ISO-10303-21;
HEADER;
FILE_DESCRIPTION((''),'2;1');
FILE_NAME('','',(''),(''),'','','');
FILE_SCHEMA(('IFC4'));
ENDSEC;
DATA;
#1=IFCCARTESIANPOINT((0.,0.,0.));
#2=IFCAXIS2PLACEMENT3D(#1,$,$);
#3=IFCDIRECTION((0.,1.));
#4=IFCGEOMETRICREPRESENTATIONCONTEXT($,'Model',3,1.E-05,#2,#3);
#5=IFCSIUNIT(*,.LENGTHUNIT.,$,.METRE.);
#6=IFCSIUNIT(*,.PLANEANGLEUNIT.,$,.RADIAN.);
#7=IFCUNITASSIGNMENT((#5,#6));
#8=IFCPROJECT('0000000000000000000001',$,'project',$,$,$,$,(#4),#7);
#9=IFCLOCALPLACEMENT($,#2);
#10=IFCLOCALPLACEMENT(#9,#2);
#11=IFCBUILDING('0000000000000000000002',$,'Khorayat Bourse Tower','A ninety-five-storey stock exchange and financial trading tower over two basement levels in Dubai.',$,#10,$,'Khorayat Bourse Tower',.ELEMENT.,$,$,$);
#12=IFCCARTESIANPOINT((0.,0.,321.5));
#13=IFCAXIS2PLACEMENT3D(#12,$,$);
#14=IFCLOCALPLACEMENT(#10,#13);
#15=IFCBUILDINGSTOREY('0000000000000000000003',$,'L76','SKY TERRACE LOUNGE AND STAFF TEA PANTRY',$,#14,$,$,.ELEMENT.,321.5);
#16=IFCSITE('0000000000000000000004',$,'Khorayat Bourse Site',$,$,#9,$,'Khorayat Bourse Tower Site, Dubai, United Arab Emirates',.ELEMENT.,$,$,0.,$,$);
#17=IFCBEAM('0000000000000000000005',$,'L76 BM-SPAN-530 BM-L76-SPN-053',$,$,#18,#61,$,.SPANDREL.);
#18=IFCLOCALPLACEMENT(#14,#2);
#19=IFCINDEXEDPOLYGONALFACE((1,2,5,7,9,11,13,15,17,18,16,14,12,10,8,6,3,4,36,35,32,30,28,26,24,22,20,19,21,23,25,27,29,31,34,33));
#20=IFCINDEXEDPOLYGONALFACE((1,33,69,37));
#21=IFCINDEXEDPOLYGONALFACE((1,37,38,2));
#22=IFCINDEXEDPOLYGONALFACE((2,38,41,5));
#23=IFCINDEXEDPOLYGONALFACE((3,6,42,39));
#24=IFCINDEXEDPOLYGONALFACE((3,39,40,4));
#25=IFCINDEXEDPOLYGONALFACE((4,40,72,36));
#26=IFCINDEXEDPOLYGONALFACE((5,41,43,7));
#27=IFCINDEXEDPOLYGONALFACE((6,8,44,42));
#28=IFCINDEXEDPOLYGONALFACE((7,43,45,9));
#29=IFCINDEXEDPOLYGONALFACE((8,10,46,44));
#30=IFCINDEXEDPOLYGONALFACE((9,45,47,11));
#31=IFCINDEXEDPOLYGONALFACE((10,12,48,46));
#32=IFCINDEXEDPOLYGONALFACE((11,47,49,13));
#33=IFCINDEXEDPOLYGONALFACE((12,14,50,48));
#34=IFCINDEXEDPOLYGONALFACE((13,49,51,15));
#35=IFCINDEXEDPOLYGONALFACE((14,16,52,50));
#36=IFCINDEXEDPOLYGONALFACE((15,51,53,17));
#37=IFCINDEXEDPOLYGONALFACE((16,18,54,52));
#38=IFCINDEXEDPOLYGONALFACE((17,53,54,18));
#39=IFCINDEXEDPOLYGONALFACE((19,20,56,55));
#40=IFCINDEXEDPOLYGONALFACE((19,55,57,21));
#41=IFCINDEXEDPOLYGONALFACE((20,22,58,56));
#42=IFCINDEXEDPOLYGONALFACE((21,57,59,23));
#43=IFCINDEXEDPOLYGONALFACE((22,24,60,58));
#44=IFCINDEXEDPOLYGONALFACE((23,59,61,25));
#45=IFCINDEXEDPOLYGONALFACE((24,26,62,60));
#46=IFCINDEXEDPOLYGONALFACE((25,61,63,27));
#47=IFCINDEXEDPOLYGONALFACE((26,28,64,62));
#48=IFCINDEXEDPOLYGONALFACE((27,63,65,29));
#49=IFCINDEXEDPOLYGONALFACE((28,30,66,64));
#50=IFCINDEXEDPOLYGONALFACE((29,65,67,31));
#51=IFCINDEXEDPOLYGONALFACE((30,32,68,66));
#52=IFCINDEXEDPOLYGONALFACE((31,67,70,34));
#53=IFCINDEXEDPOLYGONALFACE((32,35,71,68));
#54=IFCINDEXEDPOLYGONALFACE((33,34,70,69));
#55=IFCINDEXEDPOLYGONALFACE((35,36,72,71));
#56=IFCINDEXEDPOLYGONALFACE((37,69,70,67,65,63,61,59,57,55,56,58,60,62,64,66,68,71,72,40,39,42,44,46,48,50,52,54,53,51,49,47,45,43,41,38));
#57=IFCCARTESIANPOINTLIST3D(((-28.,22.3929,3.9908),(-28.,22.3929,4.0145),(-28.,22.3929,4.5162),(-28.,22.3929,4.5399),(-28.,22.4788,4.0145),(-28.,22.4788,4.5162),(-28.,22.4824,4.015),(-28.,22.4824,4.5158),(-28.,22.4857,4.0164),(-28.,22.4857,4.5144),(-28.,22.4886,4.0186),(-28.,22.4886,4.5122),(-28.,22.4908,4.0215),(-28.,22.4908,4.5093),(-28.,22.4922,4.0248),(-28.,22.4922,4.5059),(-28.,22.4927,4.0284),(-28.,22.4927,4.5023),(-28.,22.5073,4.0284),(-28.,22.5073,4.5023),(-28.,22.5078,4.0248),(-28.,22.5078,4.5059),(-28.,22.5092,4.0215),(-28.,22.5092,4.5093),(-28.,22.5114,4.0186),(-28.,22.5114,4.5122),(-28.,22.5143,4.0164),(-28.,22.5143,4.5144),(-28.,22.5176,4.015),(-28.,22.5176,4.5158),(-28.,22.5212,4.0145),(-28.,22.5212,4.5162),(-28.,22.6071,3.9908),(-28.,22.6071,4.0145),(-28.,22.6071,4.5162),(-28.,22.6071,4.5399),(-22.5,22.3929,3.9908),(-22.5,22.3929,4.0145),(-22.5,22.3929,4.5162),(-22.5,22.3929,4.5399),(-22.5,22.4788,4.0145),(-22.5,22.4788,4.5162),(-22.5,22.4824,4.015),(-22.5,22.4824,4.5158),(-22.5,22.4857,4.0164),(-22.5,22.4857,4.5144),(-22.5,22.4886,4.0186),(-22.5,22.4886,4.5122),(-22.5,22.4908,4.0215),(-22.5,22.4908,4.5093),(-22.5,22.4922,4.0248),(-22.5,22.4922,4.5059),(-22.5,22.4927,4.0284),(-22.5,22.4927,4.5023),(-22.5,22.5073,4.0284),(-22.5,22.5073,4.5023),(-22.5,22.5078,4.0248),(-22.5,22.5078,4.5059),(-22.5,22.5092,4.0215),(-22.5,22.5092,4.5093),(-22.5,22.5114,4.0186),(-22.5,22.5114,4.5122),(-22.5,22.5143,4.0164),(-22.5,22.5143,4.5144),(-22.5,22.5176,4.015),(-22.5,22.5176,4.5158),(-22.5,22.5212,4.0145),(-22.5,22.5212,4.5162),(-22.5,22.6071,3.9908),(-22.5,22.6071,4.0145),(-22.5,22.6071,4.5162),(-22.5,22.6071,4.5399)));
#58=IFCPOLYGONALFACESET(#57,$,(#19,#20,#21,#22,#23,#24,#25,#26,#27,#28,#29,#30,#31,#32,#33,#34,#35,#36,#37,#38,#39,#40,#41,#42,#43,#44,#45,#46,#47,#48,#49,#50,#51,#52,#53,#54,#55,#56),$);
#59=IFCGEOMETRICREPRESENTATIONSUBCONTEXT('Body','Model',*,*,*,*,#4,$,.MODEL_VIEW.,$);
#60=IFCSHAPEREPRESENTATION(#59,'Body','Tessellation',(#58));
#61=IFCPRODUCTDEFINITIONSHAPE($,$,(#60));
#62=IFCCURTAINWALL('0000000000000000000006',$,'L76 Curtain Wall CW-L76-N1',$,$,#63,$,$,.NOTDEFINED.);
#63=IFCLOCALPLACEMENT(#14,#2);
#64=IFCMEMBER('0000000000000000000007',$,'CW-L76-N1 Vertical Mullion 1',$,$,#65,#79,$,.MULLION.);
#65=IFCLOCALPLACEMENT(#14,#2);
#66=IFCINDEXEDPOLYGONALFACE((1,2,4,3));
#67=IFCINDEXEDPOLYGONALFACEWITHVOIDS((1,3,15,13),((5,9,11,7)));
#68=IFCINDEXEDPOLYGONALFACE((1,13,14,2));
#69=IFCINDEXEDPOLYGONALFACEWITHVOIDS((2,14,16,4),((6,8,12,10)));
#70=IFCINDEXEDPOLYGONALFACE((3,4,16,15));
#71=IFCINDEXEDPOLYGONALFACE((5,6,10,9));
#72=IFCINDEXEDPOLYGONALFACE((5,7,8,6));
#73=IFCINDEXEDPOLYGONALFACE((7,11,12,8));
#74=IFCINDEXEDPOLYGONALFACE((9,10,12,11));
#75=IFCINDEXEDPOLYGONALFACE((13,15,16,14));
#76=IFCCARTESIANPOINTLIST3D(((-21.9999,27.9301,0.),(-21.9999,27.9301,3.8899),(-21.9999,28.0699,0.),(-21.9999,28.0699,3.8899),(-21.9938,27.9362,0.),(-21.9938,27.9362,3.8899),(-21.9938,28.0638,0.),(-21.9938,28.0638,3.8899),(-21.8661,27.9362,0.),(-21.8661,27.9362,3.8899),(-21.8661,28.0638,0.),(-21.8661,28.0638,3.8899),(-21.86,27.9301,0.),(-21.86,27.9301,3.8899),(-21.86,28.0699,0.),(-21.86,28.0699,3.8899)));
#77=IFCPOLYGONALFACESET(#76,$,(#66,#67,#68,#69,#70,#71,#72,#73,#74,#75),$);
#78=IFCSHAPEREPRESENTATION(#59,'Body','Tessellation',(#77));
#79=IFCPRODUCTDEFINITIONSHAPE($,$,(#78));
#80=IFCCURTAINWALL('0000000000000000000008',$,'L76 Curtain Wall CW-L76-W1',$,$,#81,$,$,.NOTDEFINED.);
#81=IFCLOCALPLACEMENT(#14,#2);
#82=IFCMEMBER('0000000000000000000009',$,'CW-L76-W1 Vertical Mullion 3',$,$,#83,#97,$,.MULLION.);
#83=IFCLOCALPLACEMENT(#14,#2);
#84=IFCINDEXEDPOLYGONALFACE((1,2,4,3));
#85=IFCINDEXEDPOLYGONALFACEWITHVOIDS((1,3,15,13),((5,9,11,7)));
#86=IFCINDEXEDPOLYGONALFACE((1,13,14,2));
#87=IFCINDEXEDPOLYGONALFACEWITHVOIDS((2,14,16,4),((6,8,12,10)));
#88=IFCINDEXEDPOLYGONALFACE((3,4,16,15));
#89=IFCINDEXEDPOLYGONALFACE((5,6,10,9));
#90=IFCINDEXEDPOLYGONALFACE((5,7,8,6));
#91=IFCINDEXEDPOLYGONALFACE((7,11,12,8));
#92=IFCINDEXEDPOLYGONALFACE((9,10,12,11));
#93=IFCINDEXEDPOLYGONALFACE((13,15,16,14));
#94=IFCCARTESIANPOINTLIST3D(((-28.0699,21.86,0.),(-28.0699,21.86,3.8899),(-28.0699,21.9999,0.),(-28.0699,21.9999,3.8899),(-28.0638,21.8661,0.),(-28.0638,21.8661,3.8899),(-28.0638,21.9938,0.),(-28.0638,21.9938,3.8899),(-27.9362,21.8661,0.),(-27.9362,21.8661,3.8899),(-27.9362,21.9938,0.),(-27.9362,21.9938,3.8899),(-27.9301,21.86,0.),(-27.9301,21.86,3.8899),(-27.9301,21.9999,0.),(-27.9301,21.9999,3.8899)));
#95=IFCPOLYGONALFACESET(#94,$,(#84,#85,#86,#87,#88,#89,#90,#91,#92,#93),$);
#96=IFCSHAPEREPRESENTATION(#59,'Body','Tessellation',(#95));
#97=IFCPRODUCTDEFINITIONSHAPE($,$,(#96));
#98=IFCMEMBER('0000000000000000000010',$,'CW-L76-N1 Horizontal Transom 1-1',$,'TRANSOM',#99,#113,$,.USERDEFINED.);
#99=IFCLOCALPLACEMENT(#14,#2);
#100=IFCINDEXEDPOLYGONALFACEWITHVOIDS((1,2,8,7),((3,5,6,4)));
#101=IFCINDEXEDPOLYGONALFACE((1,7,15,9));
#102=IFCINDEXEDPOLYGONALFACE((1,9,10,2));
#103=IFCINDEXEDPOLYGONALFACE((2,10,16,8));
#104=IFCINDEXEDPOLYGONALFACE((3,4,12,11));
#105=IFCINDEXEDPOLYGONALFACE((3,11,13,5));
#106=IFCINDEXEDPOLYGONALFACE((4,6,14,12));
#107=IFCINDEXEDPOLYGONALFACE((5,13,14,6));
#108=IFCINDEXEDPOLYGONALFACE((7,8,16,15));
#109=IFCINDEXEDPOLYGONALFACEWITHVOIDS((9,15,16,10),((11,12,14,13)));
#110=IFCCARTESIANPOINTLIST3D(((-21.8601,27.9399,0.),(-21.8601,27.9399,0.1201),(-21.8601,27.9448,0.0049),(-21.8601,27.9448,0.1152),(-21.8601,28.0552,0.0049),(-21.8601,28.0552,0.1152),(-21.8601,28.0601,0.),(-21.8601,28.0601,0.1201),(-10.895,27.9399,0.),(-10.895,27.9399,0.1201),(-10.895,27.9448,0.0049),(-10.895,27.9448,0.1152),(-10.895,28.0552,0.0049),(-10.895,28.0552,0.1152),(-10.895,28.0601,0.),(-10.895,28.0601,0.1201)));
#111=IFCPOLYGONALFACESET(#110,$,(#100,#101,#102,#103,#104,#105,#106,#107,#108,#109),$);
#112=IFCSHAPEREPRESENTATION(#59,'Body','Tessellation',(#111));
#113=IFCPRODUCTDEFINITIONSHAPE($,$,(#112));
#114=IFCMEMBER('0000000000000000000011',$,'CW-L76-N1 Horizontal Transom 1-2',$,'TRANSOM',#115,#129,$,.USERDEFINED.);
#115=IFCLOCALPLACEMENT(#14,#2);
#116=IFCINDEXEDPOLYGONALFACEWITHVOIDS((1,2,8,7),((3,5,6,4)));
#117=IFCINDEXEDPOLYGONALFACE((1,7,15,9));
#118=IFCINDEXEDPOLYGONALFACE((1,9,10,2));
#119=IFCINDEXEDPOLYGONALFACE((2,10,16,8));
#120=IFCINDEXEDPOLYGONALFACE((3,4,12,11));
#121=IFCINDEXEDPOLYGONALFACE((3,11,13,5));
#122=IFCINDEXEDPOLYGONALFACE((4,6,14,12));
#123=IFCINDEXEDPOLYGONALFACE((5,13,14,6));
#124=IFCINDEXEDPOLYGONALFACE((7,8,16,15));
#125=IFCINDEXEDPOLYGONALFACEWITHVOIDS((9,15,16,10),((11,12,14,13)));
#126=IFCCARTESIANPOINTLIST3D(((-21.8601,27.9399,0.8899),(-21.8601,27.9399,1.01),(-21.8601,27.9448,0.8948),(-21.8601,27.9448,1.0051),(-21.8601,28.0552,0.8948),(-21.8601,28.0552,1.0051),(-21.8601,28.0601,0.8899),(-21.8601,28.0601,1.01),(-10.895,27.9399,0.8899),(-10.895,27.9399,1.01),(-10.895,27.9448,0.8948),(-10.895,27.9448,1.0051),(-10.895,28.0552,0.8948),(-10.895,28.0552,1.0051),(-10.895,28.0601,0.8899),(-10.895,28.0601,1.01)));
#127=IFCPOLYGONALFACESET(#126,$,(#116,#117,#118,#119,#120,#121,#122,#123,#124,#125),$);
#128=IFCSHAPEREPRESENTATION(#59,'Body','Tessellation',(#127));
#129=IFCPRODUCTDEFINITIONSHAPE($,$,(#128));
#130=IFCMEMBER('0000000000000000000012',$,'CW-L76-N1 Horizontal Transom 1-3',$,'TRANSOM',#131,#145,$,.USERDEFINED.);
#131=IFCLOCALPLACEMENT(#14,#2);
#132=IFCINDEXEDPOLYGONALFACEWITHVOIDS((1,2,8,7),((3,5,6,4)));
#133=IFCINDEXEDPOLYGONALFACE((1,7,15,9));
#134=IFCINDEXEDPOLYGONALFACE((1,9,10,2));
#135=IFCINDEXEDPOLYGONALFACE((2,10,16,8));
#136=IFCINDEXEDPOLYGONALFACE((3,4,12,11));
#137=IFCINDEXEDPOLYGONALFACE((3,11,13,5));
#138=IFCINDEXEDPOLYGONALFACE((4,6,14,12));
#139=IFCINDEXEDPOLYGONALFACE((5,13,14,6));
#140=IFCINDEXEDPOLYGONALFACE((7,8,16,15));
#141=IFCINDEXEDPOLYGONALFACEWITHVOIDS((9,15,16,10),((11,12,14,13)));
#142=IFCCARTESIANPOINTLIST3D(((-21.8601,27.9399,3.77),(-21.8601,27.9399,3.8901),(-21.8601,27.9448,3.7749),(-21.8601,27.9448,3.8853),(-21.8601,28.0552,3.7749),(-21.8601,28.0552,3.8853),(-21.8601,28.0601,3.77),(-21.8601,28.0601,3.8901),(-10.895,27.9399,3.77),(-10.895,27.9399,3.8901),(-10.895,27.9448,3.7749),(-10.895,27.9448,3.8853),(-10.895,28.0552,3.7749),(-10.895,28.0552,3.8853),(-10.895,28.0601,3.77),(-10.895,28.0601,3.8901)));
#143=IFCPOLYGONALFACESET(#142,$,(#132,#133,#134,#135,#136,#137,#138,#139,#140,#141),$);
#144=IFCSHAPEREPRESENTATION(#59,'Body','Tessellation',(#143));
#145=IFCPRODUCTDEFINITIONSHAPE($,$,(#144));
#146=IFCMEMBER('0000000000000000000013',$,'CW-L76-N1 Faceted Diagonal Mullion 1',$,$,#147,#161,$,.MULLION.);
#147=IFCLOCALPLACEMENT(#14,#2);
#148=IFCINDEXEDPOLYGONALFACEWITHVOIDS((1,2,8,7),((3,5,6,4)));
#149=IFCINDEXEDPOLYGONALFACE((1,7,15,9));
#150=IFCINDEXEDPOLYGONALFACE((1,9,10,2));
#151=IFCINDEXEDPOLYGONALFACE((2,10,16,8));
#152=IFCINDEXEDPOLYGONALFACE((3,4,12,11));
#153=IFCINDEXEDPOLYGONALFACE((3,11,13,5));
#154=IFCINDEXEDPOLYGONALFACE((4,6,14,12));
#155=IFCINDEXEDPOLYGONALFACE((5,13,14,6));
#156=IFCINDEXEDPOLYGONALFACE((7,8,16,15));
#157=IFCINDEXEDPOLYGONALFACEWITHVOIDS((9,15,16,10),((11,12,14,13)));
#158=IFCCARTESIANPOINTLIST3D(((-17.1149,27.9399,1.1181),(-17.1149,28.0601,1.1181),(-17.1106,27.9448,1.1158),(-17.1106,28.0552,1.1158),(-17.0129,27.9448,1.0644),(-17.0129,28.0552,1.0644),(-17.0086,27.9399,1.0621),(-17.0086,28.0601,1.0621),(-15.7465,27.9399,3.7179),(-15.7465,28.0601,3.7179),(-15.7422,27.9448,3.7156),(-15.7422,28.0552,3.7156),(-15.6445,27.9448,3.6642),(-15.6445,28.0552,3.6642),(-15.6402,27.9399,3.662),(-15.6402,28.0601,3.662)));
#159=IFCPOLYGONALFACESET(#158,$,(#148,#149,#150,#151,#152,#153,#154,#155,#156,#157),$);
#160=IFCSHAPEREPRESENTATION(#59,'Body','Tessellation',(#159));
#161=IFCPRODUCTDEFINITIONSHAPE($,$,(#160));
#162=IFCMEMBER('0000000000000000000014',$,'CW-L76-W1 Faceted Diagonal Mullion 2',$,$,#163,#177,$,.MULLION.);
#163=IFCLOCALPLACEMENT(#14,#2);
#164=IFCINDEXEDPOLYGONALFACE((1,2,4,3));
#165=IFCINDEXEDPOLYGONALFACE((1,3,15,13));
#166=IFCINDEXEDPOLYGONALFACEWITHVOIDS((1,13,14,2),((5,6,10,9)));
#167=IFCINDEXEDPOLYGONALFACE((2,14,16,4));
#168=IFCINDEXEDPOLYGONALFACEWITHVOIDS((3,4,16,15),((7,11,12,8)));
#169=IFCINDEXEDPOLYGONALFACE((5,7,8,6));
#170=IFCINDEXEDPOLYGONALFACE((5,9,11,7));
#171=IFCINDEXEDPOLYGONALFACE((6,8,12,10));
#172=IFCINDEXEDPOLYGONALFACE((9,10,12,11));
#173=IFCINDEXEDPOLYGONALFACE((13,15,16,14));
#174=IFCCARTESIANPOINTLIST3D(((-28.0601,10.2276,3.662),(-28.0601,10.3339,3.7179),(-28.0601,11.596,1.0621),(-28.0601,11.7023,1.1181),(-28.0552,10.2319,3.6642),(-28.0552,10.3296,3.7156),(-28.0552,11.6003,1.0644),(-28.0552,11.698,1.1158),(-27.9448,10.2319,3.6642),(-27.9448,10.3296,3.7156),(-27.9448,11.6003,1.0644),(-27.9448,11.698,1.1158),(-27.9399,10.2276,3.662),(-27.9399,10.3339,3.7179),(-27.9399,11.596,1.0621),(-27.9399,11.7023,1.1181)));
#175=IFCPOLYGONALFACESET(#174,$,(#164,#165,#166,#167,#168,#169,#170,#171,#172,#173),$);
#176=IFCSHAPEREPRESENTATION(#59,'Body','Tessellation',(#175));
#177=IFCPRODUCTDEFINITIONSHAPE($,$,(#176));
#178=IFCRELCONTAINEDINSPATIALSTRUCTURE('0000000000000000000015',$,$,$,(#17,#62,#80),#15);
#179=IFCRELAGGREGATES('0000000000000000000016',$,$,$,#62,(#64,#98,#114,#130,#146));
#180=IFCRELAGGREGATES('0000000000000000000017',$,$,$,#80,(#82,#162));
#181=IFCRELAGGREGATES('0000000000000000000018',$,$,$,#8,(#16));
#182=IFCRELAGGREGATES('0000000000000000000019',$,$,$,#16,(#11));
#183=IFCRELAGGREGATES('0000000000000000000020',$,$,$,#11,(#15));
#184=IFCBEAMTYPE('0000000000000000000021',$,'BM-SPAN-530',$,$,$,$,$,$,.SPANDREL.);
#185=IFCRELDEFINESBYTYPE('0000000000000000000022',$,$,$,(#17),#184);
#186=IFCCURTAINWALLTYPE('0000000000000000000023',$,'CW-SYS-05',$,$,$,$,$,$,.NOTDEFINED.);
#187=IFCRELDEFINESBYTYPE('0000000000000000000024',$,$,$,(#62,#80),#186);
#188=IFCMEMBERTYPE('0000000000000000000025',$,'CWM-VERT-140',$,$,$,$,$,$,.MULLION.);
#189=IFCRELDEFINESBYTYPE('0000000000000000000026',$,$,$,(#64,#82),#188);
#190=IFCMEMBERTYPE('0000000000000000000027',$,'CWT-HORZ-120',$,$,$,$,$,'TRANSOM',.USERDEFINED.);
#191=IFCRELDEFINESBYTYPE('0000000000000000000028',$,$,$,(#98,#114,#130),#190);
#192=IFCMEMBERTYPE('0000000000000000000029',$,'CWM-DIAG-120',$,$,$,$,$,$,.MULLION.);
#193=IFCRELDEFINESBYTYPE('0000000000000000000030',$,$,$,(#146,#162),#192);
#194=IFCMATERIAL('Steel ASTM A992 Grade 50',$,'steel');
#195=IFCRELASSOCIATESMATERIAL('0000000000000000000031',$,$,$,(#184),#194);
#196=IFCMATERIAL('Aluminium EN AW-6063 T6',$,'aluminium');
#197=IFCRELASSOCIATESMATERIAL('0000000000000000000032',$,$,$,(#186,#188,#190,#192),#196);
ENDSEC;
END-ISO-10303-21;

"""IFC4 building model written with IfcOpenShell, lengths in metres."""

from ifc_helpers import new_model, si_unit, direction, frame, origin, origin_2d, place, context, subcontext, project, spatial, hollow_rectangle, i_section, extrude, source, transform, mapped, material, material_profile, profile_set, type_object, element, aggregate, save


model = new_model("IFC4")

# Units and contexts
model_context = context("Model", 3, precision=1e-05, world=origin(), true_north=direction((0.0, 1.0)))
body_context = subcontext(model_context, "Body", "Model", "MODEL_VIEW")
ifc_project = project(units=[si_unit("LENGTHUNIT", "METRE"), si_unit("PLANEANGLEUNIT", "RADIAN")], contexts=[model_context])

# Site, building, storey
site_placement = place(None, origin())
site = spatial("IfcSite", under=ifc_project, at=site_placement, Name="Khorayat Bourse Site", LongName="Khorayat Bourse Tower Site, Dubai, United Arab Emirates", CompositionType="ELEMENT", RefElevation=0.0)
building_placement = place(site_placement, origin())
building = spatial("IfcBuilding", under=site, at=building_placement, Name="Khorayat Bourse Tower", Description="A ninety-five-storey stock exchange and financial trading tower over two basement levels in Dubai.", LongName="Khorayat Bourse Tower", CompositionType="ELEMENT")
storey_placement = place(building_placement, frame((0.0, 0.0, 321.5)))
storey = spatial("IfcBuildingStorey", under=building, at=storey_placement, Name="L76", Description="SKY TERRACE LOUNGE AND STAFF TEA PANTRY", CompositionType="ELEMENT", Elevation=321.5)

# Beam
ifc_material_1 = material(Name="Steel ASTM A992 Grade 50", Category="steel")
ifc_material_profile_1 = material_profile(ifc_material_1, i_section(OverallWidth=0.2141, OverallDepth=0.5491, WebThickness=0.0146, FlangeThickness=0.0237, FilletRadius=0.0139, at=origin_2d()), Name="W530X138")
ifc_profile_set_1 = profile_set([ifc_material_profile_1], Name="Steel ASTM A992 Grade 50")
beam_type_1 = type_object("IfcBeamType", Name="BM-SPAN-530", PredefinedType="SPANDREL", material=ifc_profile_set_1)
shared_shape_1 = source(origin(), body_context, "Body", "SweptSolid", [
    extrude(i_section(OverallWidth=0.2141, OverallDepth=0.5491, WebThickness=0.0146, FlangeThickness=0.0237, FilletRadius=0.0139, at=origin_2d()), origin(), (0.0, 0.0, 1.0), 5.5),
])
for number, where, z_axis, x_axis, name in (
    (1, (-28.0, 22.5, 4.2654), (1.0, 0.0, 0.0), (0.0, 1.0, 0.0), "L76 BM-SPAN-530 BM-L76-SPN-053"),
):
    element("IfcBeam", number, at=place(storey_placement, frame(where, z_axis=z_axis, x_axis=x_axis)), inside=storey, type_object=beam_type_1, Name=name, PredefinedType="SPANDREL", context=body_context, shape_type="MappedRepresentation", body=[
        mapped(shared_shape_1, transform((0.0, 0.0, 0.0), scale=1.0)),
    ])

# Curtain walls, members
ifc_material_2 = material(Name="Aluminium EN AW-6063 T6", Category="aluminium")
curtain_wall_type = type_object("IfcCurtainWallType", Name="CW-SYS-05", PredefinedType="NOTDEFINED", material=ifc_material_2)
curtain_wall_1_placement = place(storey_placement, origin())
curtain_wall_1 = element("IfcCurtainWall", 2, at=curtain_wall_1_placement, inside=storey, type_object=curtain_wall_type, Name="L76 Curtain Wall CW-L76-N1", PredefinedType="NOTDEFINED")
ifc_material_profile_2 = material_profile(ifc_material_2, hollow_rectangle(XDim=0.1399, YDim=0.1399, WallThickness=0.0061, at=origin_2d()), Name="ALU 140x140x6")
ifc_profile_set_2 = profile_set([ifc_material_profile_2], Name="Aluminium EN AW-6063 T6")
member_type_1 = type_object("IfcMemberType", Name="CWM-VERT-140", PredefinedType="MULLION", material=ifc_profile_set_2)
shared_shape_2 = source(origin(), body_context, "Body", "SweptSolid", [
    extrude(hollow_rectangle(XDim=0.1399, YDim=0.1399, WallThickness=0.0061, at=origin_2d()), origin(), (0.0, 0.0, 1.0), 3.8899),
])
member_1_placement = place(storey_placement, frame((-21.9299, 28.0, 0.0), z_axis=(0.0, 0.0, 1.0), x_axis=(0.0, 1.0, 0.0)))
member_1 = element("IfcMember", 3, at=member_1_placement, type_object=member_type_1, Name="CW-L76-N1 Vertical Mullion 1", PredefinedType="MULLION", context=body_context, shape_type="MappedRepresentation", body=[
    mapped(shared_shape_2, transform((0.0, 0.0, 0.0), scale=1.0)),
])
curtain_wall_2_placement = place(storey_placement, origin())
curtain_wall_2 = element("IfcCurtainWall", 4, at=curtain_wall_2_placement, inside=storey, type_object=curtain_wall_type, Name="L76 Curtain Wall CW-L76-W1", PredefinedType="NOTDEFINED")
member_2_placement = place(storey_placement, frame((-28.0, 21.9299, 0.0), z_axis=(0.0, 0.0, 1.0), x_axis=(-1.0, 0.0, 0.0)))
member_2 = element("IfcMember", 5, at=member_2_placement, type_object=member_type_1, Name="CW-L76-W1 Vertical Mullion 3", PredefinedType="MULLION", context=body_context, shape_type="MappedRepresentation", body=[
    mapped(shared_shape_2, transform((0.0, 0.0, 0.0), scale=1.0)),
])

# Members
ifc_material_profile_3 = material_profile(ifc_material_2, hollow_rectangle(XDim=0.1201, YDim=0.1201, WallThickness=0.0049, at=origin_2d()), Name="ALU 120x120x5")
ifc_profile_set_3 = profile_set([ifc_material_profile_3], Name="Aluminium EN AW-6063 T6")
member_type_2 = type_object("IfcMemberType", Name="CWT-HORZ-120", ElementType="TRANSOM", PredefinedType="USERDEFINED", material=ifc_profile_set_3)
shared_shape_3 = source(origin(), body_context, "Body", "SweptSolid", [
    extrude(hollow_rectangle(XDim=0.1201, YDim=0.1201, WallThickness=0.0049, at=origin_2d()), origin(), (0.0, 0.0, 1.0), 10.9651),
])
member_3_placement = place(storey_placement, frame((-21.8601, 28.0, 0.0601), z_axis=(1.0, 0.0, 0.0), x_axis=(0.0, 1.0, 0.0)))
member_3 = element("IfcMember", 6, at=member_3_placement, type_object=member_type_2, Name="CW-L76-N1 Horizontal Transom 1-1", ObjectType="TRANSOM", PredefinedType="USERDEFINED", context=body_context, shape_type="MappedRepresentation", body=[
    mapped(shared_shape_3, transform((0.0, 0.0, 0.0), scale=1.0)),
])
member_4_placement = place(storey_placement, frame((-21.8601, 28.0, 0.95), z_axis=(1.0, 0.0, 0.0), x_axis=(0.0, 1.0, 0.0)))
member_4 = element("IfcMember", 7, at=member_4_placement, type_object=member_type_2, Name="CW-L76-N1 Horizontal Transom 1-2", ObjectType="TRANSOM", PredefinedType="USERDEFINED", context=body_context, shape_type="MappedRepresentation", body=[
    mapped(shared_shape_3, transform((0.0, 0.0, 0.0), scale=1.0)),
])
member_5_placement = place(storey_placement, frame((-21.8601, 28.0, 3.8301), z_axis=(1.0, 0.0, 0.0), x_axis=(0.0, 1.0, 0.0)))
member_5 = element("IfcMember", 8, at=member_5_placement, type_object=member_type_2, Name="CW-L76-N1 Horizontal Transom 1-3", ObjectType="TRANSOM", PredefinedType="USERDEFINED", context=body_context, shape_type="MappedRepresentation", body=[
    mapped(shared_shape_3, transform((0.0, 0.0, 0.0), scale=1.0)),
])
ifc_material_profile_4 = material_profile(ifc_material_2, hollow_rectangle(XDim=0.1201, YDim=0.1201, WallThickness=0.0049, at=origin_2d()), Name="ALU 120x120x5")
ifc_profile_set_4 = profile_set([ifc_material_profile_4], Name="Aluminium EN AW-6063 T6")
member_type_3 = type_object("IfcMemberType", Name="CWM-DIAG-120", PredefinedType="MULLION", material=ifc_profile_set_4)
shared_shape_4 = source(origin(), body_context, "Body", "SweptSolid", [
    extrude(hollow_rectangle(XDim=0.1201, YDim=0.1201, WallThickness=0.0049, at=origin_2d()), origin(), (0.0, 0.0, 1.0), 2.938),
])
member_6_placement = place(storey_placement, frame((-17.0618, 28.0, 1.0901), z_axis=(0.465764, 0.0, 0.884909), x_axis=(0.0, 1.0, 0.0)))
member_6 = element("IfcMember", 9, at=member_6_placement, type_object=member_type_3, Name="CW-L76-N1 Faceted Diagonal Mullion 1", PredefinedType="MULLION", context=body_context, shape_type="MappedRepresentation", body=[
    mapped(shared_shape_4, transform((0.0, 0.0, 0.0), scale=1.0)),
])
aggregate(curtain_wall_1, [member_1, member_3, member_4, member_5, member_6])
member_7_placement = place(storey_placement, frame((-28.0, 11.6492, 1.0901), z_axis=(0.0, -0.465764, 0.884909), x_axis=(1.0, 0.0, 0.0)))
member_7 = element("IfcMember", 10, at=member_7_placement, type_object=member_type_3, Name="CW-L76-W1 Faceted Diagonal Mullion 2", PredefinedType="MULLION", context=body_context, shape_type="MappedRepresentation", body=[
    mapped(shared_shape_4, transform((0.0, 0.0, 0.0), scale=1.0)),
])
aggregate(curtain_wall_2, [member_2, member_7])

save(model, "model.ifc")
